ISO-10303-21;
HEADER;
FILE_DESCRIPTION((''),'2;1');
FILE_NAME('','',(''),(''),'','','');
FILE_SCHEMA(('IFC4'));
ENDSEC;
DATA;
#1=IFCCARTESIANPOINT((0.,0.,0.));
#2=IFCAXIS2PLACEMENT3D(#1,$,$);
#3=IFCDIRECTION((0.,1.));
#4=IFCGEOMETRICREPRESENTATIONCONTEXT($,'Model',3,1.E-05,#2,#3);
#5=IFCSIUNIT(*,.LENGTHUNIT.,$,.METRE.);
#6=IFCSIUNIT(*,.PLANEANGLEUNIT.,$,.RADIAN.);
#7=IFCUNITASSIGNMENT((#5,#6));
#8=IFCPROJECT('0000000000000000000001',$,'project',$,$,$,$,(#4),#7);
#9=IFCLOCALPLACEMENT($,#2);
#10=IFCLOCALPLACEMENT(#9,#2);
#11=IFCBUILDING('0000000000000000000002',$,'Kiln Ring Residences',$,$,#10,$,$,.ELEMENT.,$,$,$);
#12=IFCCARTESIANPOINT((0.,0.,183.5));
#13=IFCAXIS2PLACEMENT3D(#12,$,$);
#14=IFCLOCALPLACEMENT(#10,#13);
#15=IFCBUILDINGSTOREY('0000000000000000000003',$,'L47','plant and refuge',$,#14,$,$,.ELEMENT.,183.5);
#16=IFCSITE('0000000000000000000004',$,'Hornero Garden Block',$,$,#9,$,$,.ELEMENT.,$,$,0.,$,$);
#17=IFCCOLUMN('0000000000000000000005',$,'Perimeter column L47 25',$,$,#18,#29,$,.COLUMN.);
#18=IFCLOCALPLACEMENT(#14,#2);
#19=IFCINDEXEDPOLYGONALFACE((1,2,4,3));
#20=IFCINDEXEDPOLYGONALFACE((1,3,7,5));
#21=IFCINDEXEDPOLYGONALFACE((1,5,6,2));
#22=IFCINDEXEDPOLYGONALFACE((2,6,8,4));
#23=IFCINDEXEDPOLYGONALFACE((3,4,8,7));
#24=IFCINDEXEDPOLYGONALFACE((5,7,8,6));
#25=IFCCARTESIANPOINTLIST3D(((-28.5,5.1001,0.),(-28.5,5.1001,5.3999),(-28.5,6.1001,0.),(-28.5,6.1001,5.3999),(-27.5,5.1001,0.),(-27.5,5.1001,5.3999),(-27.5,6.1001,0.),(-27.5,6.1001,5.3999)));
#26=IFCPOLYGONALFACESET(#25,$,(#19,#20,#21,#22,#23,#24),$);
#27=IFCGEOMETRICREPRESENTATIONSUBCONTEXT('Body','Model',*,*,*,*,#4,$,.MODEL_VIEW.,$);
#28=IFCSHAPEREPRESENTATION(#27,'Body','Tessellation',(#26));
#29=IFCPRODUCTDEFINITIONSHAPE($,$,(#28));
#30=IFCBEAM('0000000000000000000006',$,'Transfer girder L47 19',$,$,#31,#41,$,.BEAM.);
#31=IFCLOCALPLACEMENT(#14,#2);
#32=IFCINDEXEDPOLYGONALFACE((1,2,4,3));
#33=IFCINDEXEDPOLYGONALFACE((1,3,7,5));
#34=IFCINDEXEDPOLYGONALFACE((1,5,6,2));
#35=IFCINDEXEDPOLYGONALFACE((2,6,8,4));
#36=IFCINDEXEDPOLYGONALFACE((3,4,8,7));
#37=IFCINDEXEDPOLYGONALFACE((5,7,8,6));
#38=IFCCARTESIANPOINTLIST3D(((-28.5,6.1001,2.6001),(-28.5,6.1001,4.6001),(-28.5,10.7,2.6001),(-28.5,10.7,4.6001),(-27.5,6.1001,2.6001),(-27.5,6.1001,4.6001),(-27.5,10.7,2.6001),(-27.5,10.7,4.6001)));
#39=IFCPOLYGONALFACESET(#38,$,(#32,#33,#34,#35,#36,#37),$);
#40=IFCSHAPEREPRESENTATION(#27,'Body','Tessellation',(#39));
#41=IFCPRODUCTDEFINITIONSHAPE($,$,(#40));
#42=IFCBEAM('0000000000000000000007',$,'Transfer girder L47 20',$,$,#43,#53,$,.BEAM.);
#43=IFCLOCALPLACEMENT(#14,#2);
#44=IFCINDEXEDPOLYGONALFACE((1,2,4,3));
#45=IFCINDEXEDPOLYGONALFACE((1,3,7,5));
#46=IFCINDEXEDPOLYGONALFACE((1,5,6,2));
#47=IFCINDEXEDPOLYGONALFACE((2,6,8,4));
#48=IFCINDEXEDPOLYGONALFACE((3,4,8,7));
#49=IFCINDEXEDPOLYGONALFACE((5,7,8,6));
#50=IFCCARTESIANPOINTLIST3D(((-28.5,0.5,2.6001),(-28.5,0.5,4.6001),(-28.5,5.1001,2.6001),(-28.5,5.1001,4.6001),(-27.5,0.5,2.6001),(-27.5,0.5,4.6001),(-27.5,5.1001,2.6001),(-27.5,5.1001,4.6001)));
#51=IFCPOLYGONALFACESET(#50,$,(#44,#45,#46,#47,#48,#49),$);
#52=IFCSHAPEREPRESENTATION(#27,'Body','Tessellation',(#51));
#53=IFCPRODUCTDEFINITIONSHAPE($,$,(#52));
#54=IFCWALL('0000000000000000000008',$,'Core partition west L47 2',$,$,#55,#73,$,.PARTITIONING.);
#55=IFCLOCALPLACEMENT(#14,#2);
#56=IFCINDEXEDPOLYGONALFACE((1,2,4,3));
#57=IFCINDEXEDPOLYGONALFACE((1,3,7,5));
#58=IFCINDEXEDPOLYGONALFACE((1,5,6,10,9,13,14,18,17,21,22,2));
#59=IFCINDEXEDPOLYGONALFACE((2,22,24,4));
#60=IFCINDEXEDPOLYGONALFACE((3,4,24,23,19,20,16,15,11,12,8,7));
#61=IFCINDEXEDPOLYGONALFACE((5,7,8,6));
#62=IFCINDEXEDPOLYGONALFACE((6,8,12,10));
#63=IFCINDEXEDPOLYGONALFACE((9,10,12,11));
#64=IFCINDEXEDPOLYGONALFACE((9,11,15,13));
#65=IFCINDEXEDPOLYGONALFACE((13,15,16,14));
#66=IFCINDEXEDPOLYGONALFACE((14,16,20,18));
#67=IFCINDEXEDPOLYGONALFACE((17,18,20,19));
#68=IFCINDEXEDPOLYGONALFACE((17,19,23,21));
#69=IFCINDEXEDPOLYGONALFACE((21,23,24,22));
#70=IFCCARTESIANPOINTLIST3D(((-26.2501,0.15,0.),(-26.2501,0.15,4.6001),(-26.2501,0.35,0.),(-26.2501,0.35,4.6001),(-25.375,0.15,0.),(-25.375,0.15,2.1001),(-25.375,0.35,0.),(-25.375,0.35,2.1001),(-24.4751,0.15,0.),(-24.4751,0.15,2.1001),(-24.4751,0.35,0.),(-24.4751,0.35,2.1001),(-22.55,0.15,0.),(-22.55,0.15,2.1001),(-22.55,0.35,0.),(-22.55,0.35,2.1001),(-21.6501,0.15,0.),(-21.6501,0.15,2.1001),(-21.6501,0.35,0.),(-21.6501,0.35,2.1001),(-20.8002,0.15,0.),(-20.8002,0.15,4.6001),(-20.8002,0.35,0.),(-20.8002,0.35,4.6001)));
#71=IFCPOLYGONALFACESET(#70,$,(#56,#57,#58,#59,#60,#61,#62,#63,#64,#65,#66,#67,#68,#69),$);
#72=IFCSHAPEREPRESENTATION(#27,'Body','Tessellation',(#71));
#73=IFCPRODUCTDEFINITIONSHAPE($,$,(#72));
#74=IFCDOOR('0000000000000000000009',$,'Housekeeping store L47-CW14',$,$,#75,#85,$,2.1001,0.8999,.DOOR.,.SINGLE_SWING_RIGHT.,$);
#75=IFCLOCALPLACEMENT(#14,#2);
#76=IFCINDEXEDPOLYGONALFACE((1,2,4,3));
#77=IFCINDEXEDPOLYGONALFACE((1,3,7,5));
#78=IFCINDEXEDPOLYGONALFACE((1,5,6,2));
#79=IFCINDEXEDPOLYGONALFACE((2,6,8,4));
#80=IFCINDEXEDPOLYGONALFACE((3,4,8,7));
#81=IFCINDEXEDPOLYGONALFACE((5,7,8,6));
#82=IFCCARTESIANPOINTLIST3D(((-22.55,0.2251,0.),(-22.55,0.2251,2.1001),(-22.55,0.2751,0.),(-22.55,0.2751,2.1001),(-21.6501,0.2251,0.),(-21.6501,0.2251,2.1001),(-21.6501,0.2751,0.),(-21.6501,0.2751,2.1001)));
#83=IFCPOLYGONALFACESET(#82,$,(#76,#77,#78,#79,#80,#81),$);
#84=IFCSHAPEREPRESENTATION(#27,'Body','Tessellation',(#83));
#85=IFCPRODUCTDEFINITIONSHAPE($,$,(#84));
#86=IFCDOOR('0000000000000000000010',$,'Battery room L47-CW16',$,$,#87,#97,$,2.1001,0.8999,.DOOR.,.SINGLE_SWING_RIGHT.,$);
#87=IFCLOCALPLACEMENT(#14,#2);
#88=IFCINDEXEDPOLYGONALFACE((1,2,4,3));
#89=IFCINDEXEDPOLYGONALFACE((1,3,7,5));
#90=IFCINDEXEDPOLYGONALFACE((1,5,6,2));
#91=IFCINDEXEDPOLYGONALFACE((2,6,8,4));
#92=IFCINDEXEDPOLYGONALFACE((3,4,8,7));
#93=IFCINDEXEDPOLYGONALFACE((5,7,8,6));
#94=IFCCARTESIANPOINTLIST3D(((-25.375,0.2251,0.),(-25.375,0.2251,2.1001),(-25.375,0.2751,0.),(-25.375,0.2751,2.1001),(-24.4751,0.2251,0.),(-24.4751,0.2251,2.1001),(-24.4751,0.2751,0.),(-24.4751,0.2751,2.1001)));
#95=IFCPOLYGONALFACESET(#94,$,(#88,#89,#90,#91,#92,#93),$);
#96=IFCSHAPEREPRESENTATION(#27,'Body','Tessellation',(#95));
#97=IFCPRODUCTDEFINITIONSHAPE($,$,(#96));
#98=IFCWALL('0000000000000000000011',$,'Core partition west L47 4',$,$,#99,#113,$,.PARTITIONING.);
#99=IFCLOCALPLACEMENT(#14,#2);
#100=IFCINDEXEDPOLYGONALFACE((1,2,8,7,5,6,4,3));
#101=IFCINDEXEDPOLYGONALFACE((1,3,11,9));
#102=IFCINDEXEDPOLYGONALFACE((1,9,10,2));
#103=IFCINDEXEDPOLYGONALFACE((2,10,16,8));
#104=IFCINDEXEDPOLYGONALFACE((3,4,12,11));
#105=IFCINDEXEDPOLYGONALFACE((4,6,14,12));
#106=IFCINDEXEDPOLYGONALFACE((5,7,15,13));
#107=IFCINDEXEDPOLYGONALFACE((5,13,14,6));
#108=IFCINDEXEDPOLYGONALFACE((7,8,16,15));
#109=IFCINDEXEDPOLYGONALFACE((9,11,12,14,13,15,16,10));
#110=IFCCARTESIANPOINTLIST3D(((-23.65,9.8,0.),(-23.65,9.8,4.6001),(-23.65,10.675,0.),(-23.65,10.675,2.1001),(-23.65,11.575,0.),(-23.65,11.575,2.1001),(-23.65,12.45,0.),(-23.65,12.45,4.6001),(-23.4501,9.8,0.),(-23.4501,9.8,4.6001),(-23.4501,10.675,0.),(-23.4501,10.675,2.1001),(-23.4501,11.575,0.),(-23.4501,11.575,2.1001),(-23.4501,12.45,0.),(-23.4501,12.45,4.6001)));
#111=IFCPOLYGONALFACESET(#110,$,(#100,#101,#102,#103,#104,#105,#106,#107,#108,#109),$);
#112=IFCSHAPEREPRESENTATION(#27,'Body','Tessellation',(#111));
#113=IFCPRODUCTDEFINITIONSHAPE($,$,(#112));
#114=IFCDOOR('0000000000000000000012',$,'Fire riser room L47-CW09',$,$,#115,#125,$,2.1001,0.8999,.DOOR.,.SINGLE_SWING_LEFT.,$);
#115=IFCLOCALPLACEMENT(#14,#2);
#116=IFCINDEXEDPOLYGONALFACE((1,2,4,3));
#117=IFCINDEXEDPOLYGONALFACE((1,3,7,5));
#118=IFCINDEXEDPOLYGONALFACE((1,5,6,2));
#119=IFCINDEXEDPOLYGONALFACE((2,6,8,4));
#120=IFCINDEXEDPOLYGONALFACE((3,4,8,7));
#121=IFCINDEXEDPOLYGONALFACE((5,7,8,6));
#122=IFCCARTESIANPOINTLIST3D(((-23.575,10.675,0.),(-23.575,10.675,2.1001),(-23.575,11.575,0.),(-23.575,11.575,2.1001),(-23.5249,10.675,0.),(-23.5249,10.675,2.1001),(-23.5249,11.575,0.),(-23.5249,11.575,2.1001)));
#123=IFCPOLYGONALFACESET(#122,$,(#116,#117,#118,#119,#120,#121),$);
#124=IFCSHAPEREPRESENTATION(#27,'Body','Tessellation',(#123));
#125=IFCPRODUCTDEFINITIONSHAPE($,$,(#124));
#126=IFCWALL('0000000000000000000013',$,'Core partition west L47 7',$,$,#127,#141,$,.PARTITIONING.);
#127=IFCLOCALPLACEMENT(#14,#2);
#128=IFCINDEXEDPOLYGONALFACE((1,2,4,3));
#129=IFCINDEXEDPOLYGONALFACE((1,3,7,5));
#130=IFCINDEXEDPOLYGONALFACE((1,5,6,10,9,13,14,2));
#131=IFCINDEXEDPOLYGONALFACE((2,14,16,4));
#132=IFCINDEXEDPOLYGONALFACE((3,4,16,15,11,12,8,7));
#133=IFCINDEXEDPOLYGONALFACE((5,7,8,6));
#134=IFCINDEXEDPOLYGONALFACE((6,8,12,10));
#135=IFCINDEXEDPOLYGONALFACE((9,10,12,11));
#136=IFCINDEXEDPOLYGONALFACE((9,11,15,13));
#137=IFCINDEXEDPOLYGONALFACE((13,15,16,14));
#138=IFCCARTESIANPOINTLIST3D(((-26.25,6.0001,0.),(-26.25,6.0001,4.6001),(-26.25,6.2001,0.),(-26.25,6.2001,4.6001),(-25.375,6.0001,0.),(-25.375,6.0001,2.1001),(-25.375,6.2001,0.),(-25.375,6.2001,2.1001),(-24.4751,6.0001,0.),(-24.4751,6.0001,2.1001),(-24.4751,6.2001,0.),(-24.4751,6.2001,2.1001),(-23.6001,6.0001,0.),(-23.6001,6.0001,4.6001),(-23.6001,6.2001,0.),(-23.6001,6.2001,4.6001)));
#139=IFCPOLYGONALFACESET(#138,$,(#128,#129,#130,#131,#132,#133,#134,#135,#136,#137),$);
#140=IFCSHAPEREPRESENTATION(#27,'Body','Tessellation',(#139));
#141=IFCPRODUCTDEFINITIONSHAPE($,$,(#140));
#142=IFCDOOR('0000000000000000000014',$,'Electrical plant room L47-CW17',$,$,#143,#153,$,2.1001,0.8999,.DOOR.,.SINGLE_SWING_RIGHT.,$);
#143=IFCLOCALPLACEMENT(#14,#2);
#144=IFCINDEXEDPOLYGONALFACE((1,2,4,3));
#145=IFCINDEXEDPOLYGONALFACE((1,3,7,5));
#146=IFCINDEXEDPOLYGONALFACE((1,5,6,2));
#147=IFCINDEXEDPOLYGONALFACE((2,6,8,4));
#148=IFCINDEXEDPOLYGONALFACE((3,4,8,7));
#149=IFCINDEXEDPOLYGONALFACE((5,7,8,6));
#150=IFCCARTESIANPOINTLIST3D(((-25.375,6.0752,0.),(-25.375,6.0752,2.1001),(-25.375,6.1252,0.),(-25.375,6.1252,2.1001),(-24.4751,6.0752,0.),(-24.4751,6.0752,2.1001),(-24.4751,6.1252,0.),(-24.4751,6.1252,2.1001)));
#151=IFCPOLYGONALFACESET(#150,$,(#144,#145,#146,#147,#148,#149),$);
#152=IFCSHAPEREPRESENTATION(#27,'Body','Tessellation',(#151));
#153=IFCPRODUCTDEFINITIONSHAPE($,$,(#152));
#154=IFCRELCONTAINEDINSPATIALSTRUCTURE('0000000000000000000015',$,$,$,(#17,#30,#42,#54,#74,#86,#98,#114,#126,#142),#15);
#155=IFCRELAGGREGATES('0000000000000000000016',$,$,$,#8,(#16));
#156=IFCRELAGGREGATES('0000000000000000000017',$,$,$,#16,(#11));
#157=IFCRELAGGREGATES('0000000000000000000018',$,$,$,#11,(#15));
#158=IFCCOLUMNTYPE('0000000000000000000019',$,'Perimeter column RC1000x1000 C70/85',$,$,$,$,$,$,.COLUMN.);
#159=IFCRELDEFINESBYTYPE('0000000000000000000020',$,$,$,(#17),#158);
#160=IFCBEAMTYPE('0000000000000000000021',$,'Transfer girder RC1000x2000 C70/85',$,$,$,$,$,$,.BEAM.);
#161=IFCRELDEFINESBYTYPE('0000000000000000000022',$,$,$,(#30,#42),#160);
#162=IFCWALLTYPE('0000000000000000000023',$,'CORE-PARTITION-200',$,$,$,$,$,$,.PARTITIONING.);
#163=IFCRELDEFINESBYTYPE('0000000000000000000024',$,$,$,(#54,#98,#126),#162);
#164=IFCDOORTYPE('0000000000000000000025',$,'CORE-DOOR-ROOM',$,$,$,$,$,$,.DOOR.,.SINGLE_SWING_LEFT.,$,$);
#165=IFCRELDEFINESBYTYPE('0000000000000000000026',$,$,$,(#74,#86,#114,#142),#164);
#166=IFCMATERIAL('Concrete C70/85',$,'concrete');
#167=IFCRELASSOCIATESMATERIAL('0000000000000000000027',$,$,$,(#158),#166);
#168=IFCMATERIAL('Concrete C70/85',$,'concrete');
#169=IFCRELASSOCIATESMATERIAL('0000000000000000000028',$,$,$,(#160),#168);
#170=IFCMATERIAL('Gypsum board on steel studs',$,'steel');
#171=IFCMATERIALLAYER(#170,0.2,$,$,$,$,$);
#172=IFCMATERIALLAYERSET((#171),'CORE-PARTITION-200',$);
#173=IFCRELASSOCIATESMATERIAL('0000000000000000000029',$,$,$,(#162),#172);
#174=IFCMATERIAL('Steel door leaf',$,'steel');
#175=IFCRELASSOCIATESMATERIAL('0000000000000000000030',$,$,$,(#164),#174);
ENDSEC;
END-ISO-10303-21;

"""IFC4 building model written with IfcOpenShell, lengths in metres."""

from ifc_helpers import new_model, si_unit, direction, frame, frame_2d, origin, origin_2d, place, context, subcontext, project, spatial, rectangle, extrude, material, layer, layer_set, material_profile, profile_set, type_object, element, fill, save


model = new_model("IFC4")

# Units and contexts
model_context = context("Model", 3, precision=1e-05, world=origin(), true_north=direction((0.0, 1.0)))
body_context = subcontext(model_context, "Body", "Model", "MODEL_VIEW")
ifc_project = project(units=[si_unit("LENGTHUNIT", "METRE"), si_unit("PLANEANGLEUNIT", "RADIAN")], contexts=[model_context])

# Site, building, storey
site_placement = place(None, origin())
site = spatial("IfcSite", under=ifc_project, at=site_placement, Name="Hornero Garden Block", CompositionType="ELEMENT", RefElevation=0.0)
building_placement = place(site_placement, origin())
building = spatial("IfcBuilding", under=site, at=building_placement, Name="Kiln Ring Residences", CompositionType="ELEMENT")
storey_placement = place(building_placement, frame((0.0, 0.0, 183.5)))
storey = spatial("IfcBuildingStorey", under=building, at=storey_placement, Name="L47", Description="plant and refuge", CompositionType="ELEMENT", Elevation=183.5)

# Column
ifc_material_1 = material(Name="Concrete C70/85", Category="concrete")
ifc_material_profile_1 = material_profile(ifc_material_1, rectangle(XDim=1.0, YDim=1.0, at=origin_2d()), Name="RC1000x1000")
ifc_profile_set_1 = profile_set([ifc_material_profile_1], Name="Concrete C70/85")
column_type = type_object("IfcColumnType", Name="Perimeter column RC1000x1000 C70/85", PredefinedType="COLUMN", material=ifc_profile_set_1)
column_placement = place(storey_placement, frame((-28.0, 5.6001, 0.0), z_axis=(0.0, 0.0, 1.0), x_axis=(1.0, 0.0, 0.0)))
element("IfcColumn", 1, at=column_placement, inside=storey, type_object=column_type, Name="Perimeter column L47 25", PredefinedType="COLUMN", context=body_context, shape_type="SweptSolid", body=[
    extrude(rectangle(XDim=1.0, YDim=1.0, at=origin_2d()), origin(), (0.0, 0.0, 1.0), 5.3999),
])

# Beams
ifc_material_2 = material(Name="Concrete C70/85", Category="concrete")
ifc_material_profile_2 = material_profile(ifc_material_2, rectangle(XDim=1.0, YDim=2.0, at=origin_2d()), Name="RC1000x2000")
ifc_profile_set_2 = profile_set([ifc_material_profile_2], Name="Concrete C70/85")
beam_type = type_object("IfcBeamType", Name="Transfer girder RC1000x2000 C70/85", PredefinedType="BEAM", material=ifc_profile_set_2)
beam_1_placement = place(storey_placement, frame((-28.0, 10.7, 3.6001), z_axis=(0.0, -1.0, 0.0), x_axis=(1.0, 0.0, 0.0)))
element("IfcBeam", 2, at=beam_1_placement, inside=storey, type_object=beam_type, Name="Transfer girder L47 19", PredefinedType="BEAM", context=body_context, shape_type="SweptSolid", body=[
    extrude(rectangle(XDim=1.0, YDim=2.0, at=origin_2d()), origin(), (0.0, 0.0, 1.0), 4.5999),
])
beam_2_placement = place(storey_placement, frame((-28.0, 5.1001, 3.6001), z_axis=(0.0, -1.0, 0.0), x_axis=(1.0, 0.0, 0.0)))
element("IfcBeam", 3, at=beam_2_placement, inside=storey, type_object=beam_type, Name="Transfer girder L47 20", PredefinedType="BEAM", context=body_context, shape_type="SweptSolid", body=[
    extrude(rectangle(XDim=1.0, YDim=2.0, at=origin_2d()), origin(), (0.0, 0.0, 1.0), 4.6001),
])

# Wall, openings, doors
ifc_material_3 = material(Name="Gypsum board on steel studs", Category="steel")
ifc_layer_1 = layer(ifc_material_3, 0.2)
ifc_layer_set_1 = layer_set([ifc_layer_1], Name="CORE-PARTITION-200")
wall_type_1 = type_object("IfcWallType", Name="CORE-PARTITION-200", PredefinedType="PARTITIONING", material=ifc_layer_set_1)
wall_1_placement = place(storey_placement, frame((-20.8, 0.25, 0.0), z_axis=(0.0, 0.0, 1.0), x_axis=(-1.0, 0.0, 0.0)))
wall_1 = element("IfcWall", 4, at=wall_1_placement, inside=storey, type_object=wall_type_1, Name="Core partition west L47 2", PredefinedType="PARTITIONING", context=body_context, shape_type="SweptSolid", body=[
    extrude(rectangle(XDim=5.45, YDim=0.2, at=frame_2d((2.7251, 0.0))), origin(), (0.0, 0.0, 1.0), 4.6001),
])
opening_1_placement = place(wall_1_placement, frame((0.8501, 0.0, 0.0)))
opening_1 = element("IfcOpeningElement", 5, at=opening_1_placement, cuts=wall_1, PredefinedType="OPENING", context=body_context, shape_type="SweptSolid", body=[
    extrude(rectangle(XDim=0.8999, YDim=2.1001, at=frame_2d((0.45, 1.05))), frame((0.0, 0.1099, 0.0), z_axis=(0.0, -1.0, 0.0), x_axis=(1.0, 0.0, 0.0)), (0.0, 0.0, 1.0), 0.22),
])
opening_2_placement = place(wall_1_placement, frame((3.675, 0.0, 0.0)))
opening_2 = element("IfcOpeningElement", 6, at=opening_2_placement, cuts=wall_1, PredefinedType="OPENING", context=body_context, shape_type="SweptSolid", body=[
    extrude(rectangle(XDim=0.8999, YDim=2.1001, at=frame_2d((0.45, 1.05))), frame((0.0, 0.1099, 0.0), z_axis=(0.0, -1.0, 0.0), x_axis=(1.0, 0.0, 0.0)), (0.0, 0.0, 1.0), 0.22),
])
ifc_material_4 = material(Name="Steel door leaf", Category="steel")
door_type = type_object("IfcDoorType", Name="CORE-DOOR-ROOM", OperationType="SINGLE_SWING_LEFT", PredefinedType="DOOR", material=ifc_material_4)
door_1_placement = place(opening_1_placement, origin())
door_1 = element("IfcDoor", 7, at=door_1_placement, inside=storey, type_object=door_type, Name="Housekeeping store L47-CW14", OperationType="SINGLE_SWING_RIGHT", OverallHeight=2.1001, OverallWidth=0.8999, PredefinedType="DOOR", context=body_context, shape_type="SweptSolid", body=[
    extrude(rectangle(XDim=0.8999, YDim=2.1001, at=frame_2d((0.45, 1.05))), frame((0.0, 0.0249, 0.0), z_axis=(0.0, -1.0, 0.0), x_axis=(1.0, 0.0, 0.0)), (0.0, 0.0, 1.0), 0.05),
])
fill(opening_1, door_1)
door_2_placement = place(opening_2_placement, origin())
door_2 = element("IfcDoor", 8, at=door_2_placement, inside=storey, type_object=door_type, Name="Battery room L47-CW16", OperationType="SINGLE_SWING_RIGHT", OverallHeight=2.1001, OverallWidth=0.8999, PredefinedType="DOOR", context=body_context, shape_type="SweptSolid", body=[
    extrude(rectangle(XDim=0.8999, YDim=2.1001, at=frame_2d((0.45, 1.05))), frame((0.0, 0.0249, 0.0), z_axis=(0.0, -1.0, 0.0), x_axis=(1.0, 0.0, 0.0)), (0.0, 0.0, 1.0), 0.05),
])
fill(opening_2, door_2)

# Walls, openings, doors
wall_2_placement = place(storey_placement, frame((-23.55, 9.8, 0.0), z_axis=(0.0, 0.0, 1.0), x_axis=(0.0, 1.0, 0.0)))
wall_2 = element("IfcWall", 9, at=wall_2_placement, inside=storey, type_object=wall_type_1, Name="Core partition west L47 4", PredefinedType="PARTITIONING", context=body_context, shape_type="SweptSolid", body=[
    extrude(rectangle(XDim=2.6499, YDim=0.2, at=frame_2d((1.325, 0.0))), origin(), (0.0, 0.0, 1.0), 4.6001),
])
opening_3_placement = place(wall_2_placement, frame((0.875, 0.0, 0.0)))
opening_3 = element("IfcOpeningElement", 10, at=opening_3_placement, cuts=wall_2, PredefinedType="OPENING", context=body_context, shape_type="SweptSolid", body=[
    extrude(rectangle(XDim=0.8999, YDim=2.1001, at=frame_2d((0.45, 1.05))), frame((0.0, 0.1099, 0.0), z_axis=(0.0, -1.0, 0.0), x_axis=(1.0, 0.0, 0.0)), (0.0, 0.0, 1.0), 0.22),
])
door_3_placement = place(opening_3_placement, origin())
door_3 = element("IfcDoor", 11, at=door_3_placement, inside=storey, type_object=door_type, Name="Fire riser room L47-CW09", OperationType="SINGLE_SWING_LEFT", OverallHeight=2.1001, OverallWidth=0.8999, PredefinedType="DOOR", context=body_context, shape_type="SweptSolid", body=[
    extrude(rectangle(XDim=0.8999, YDim=2.1001, at=frame_2d((0.45, 1.05))), frame((0.0, 0.0249, 0.0), z_axis=(0.0, -1.0, 0.0), x_axis=(1.0, 0.0, 0.0)), (0.0, 0.0, 1.0), 0.05),
])
fill(opening_3, door_3)
wall_3_placement = place(storey_placement, frame((-23.6001, 6.1001, 0.0), z_axis=(0.0, 0.0, 1.0), x_axis=(-1.0, 0.0, 0.0)))
wall_3 = element("IfcWall", 12, at=wall_3_placement, inside=storey, type_object=wall_type_1, Name="Core partition west L47 7", PredefinedType="PARTITIONING", context=body_context, shape_type="SweptSolid", body=[
    extrude(rectangle(XDim=2.6499, YDim=0.2, at=frame_2d((1.325, 0.0))), origin(), (0.0, 0.0, 1.0), 4.6001),
])
opening_4_placement = place(wall_3_placement, frame((0.875, 0.0, 0.0)))
opening_4 = element("IfcOpeningElement", 13, at=opening_4_placement, cuts=wall_3, PredefinedType="OPENING", context=body_context, shape_type="SweptSolid", body=[
    extrude(rectangle(XDim=0.8999, YDim=2.1001, at=frame_2d((0.45, 1.05))), frame((0.0, 0.1099, 0.0), z_axis=(0.0, -1.0, 0.0), x_axis=(1.0, 0.0, 0.0)), (0.0, 0.0, 1.0), 0.22),
])
door_4_placement = place(opening_4_placement, origin())
door_4 = element("IfcDoor", 14, at=door_4_placement, inside=storey, type_object=door_type, Name="Electrical plant room L47-CW17", OperationType="SINGLE_SWING_RIGHT", OverallHeight=2.1001, OverallWidth=0.8999, PredefinedType="DOOR", context=body_context, shape_type="SweptSolid", body=[
    extrude(rectangle(XDim=0.8999, YDim=2.1001, at=frame_2d((0.45, 1.05))), frame((0.0, 0.0249, 0.0), z_axis=(0.0, -1.0, 0.0), x_axis=(1.0, 0.0, 0.0)), (0.0, 0.0, 1.0), 0.05),
])
fill(opening_4, door_4)

save(model, "model.ifc")
